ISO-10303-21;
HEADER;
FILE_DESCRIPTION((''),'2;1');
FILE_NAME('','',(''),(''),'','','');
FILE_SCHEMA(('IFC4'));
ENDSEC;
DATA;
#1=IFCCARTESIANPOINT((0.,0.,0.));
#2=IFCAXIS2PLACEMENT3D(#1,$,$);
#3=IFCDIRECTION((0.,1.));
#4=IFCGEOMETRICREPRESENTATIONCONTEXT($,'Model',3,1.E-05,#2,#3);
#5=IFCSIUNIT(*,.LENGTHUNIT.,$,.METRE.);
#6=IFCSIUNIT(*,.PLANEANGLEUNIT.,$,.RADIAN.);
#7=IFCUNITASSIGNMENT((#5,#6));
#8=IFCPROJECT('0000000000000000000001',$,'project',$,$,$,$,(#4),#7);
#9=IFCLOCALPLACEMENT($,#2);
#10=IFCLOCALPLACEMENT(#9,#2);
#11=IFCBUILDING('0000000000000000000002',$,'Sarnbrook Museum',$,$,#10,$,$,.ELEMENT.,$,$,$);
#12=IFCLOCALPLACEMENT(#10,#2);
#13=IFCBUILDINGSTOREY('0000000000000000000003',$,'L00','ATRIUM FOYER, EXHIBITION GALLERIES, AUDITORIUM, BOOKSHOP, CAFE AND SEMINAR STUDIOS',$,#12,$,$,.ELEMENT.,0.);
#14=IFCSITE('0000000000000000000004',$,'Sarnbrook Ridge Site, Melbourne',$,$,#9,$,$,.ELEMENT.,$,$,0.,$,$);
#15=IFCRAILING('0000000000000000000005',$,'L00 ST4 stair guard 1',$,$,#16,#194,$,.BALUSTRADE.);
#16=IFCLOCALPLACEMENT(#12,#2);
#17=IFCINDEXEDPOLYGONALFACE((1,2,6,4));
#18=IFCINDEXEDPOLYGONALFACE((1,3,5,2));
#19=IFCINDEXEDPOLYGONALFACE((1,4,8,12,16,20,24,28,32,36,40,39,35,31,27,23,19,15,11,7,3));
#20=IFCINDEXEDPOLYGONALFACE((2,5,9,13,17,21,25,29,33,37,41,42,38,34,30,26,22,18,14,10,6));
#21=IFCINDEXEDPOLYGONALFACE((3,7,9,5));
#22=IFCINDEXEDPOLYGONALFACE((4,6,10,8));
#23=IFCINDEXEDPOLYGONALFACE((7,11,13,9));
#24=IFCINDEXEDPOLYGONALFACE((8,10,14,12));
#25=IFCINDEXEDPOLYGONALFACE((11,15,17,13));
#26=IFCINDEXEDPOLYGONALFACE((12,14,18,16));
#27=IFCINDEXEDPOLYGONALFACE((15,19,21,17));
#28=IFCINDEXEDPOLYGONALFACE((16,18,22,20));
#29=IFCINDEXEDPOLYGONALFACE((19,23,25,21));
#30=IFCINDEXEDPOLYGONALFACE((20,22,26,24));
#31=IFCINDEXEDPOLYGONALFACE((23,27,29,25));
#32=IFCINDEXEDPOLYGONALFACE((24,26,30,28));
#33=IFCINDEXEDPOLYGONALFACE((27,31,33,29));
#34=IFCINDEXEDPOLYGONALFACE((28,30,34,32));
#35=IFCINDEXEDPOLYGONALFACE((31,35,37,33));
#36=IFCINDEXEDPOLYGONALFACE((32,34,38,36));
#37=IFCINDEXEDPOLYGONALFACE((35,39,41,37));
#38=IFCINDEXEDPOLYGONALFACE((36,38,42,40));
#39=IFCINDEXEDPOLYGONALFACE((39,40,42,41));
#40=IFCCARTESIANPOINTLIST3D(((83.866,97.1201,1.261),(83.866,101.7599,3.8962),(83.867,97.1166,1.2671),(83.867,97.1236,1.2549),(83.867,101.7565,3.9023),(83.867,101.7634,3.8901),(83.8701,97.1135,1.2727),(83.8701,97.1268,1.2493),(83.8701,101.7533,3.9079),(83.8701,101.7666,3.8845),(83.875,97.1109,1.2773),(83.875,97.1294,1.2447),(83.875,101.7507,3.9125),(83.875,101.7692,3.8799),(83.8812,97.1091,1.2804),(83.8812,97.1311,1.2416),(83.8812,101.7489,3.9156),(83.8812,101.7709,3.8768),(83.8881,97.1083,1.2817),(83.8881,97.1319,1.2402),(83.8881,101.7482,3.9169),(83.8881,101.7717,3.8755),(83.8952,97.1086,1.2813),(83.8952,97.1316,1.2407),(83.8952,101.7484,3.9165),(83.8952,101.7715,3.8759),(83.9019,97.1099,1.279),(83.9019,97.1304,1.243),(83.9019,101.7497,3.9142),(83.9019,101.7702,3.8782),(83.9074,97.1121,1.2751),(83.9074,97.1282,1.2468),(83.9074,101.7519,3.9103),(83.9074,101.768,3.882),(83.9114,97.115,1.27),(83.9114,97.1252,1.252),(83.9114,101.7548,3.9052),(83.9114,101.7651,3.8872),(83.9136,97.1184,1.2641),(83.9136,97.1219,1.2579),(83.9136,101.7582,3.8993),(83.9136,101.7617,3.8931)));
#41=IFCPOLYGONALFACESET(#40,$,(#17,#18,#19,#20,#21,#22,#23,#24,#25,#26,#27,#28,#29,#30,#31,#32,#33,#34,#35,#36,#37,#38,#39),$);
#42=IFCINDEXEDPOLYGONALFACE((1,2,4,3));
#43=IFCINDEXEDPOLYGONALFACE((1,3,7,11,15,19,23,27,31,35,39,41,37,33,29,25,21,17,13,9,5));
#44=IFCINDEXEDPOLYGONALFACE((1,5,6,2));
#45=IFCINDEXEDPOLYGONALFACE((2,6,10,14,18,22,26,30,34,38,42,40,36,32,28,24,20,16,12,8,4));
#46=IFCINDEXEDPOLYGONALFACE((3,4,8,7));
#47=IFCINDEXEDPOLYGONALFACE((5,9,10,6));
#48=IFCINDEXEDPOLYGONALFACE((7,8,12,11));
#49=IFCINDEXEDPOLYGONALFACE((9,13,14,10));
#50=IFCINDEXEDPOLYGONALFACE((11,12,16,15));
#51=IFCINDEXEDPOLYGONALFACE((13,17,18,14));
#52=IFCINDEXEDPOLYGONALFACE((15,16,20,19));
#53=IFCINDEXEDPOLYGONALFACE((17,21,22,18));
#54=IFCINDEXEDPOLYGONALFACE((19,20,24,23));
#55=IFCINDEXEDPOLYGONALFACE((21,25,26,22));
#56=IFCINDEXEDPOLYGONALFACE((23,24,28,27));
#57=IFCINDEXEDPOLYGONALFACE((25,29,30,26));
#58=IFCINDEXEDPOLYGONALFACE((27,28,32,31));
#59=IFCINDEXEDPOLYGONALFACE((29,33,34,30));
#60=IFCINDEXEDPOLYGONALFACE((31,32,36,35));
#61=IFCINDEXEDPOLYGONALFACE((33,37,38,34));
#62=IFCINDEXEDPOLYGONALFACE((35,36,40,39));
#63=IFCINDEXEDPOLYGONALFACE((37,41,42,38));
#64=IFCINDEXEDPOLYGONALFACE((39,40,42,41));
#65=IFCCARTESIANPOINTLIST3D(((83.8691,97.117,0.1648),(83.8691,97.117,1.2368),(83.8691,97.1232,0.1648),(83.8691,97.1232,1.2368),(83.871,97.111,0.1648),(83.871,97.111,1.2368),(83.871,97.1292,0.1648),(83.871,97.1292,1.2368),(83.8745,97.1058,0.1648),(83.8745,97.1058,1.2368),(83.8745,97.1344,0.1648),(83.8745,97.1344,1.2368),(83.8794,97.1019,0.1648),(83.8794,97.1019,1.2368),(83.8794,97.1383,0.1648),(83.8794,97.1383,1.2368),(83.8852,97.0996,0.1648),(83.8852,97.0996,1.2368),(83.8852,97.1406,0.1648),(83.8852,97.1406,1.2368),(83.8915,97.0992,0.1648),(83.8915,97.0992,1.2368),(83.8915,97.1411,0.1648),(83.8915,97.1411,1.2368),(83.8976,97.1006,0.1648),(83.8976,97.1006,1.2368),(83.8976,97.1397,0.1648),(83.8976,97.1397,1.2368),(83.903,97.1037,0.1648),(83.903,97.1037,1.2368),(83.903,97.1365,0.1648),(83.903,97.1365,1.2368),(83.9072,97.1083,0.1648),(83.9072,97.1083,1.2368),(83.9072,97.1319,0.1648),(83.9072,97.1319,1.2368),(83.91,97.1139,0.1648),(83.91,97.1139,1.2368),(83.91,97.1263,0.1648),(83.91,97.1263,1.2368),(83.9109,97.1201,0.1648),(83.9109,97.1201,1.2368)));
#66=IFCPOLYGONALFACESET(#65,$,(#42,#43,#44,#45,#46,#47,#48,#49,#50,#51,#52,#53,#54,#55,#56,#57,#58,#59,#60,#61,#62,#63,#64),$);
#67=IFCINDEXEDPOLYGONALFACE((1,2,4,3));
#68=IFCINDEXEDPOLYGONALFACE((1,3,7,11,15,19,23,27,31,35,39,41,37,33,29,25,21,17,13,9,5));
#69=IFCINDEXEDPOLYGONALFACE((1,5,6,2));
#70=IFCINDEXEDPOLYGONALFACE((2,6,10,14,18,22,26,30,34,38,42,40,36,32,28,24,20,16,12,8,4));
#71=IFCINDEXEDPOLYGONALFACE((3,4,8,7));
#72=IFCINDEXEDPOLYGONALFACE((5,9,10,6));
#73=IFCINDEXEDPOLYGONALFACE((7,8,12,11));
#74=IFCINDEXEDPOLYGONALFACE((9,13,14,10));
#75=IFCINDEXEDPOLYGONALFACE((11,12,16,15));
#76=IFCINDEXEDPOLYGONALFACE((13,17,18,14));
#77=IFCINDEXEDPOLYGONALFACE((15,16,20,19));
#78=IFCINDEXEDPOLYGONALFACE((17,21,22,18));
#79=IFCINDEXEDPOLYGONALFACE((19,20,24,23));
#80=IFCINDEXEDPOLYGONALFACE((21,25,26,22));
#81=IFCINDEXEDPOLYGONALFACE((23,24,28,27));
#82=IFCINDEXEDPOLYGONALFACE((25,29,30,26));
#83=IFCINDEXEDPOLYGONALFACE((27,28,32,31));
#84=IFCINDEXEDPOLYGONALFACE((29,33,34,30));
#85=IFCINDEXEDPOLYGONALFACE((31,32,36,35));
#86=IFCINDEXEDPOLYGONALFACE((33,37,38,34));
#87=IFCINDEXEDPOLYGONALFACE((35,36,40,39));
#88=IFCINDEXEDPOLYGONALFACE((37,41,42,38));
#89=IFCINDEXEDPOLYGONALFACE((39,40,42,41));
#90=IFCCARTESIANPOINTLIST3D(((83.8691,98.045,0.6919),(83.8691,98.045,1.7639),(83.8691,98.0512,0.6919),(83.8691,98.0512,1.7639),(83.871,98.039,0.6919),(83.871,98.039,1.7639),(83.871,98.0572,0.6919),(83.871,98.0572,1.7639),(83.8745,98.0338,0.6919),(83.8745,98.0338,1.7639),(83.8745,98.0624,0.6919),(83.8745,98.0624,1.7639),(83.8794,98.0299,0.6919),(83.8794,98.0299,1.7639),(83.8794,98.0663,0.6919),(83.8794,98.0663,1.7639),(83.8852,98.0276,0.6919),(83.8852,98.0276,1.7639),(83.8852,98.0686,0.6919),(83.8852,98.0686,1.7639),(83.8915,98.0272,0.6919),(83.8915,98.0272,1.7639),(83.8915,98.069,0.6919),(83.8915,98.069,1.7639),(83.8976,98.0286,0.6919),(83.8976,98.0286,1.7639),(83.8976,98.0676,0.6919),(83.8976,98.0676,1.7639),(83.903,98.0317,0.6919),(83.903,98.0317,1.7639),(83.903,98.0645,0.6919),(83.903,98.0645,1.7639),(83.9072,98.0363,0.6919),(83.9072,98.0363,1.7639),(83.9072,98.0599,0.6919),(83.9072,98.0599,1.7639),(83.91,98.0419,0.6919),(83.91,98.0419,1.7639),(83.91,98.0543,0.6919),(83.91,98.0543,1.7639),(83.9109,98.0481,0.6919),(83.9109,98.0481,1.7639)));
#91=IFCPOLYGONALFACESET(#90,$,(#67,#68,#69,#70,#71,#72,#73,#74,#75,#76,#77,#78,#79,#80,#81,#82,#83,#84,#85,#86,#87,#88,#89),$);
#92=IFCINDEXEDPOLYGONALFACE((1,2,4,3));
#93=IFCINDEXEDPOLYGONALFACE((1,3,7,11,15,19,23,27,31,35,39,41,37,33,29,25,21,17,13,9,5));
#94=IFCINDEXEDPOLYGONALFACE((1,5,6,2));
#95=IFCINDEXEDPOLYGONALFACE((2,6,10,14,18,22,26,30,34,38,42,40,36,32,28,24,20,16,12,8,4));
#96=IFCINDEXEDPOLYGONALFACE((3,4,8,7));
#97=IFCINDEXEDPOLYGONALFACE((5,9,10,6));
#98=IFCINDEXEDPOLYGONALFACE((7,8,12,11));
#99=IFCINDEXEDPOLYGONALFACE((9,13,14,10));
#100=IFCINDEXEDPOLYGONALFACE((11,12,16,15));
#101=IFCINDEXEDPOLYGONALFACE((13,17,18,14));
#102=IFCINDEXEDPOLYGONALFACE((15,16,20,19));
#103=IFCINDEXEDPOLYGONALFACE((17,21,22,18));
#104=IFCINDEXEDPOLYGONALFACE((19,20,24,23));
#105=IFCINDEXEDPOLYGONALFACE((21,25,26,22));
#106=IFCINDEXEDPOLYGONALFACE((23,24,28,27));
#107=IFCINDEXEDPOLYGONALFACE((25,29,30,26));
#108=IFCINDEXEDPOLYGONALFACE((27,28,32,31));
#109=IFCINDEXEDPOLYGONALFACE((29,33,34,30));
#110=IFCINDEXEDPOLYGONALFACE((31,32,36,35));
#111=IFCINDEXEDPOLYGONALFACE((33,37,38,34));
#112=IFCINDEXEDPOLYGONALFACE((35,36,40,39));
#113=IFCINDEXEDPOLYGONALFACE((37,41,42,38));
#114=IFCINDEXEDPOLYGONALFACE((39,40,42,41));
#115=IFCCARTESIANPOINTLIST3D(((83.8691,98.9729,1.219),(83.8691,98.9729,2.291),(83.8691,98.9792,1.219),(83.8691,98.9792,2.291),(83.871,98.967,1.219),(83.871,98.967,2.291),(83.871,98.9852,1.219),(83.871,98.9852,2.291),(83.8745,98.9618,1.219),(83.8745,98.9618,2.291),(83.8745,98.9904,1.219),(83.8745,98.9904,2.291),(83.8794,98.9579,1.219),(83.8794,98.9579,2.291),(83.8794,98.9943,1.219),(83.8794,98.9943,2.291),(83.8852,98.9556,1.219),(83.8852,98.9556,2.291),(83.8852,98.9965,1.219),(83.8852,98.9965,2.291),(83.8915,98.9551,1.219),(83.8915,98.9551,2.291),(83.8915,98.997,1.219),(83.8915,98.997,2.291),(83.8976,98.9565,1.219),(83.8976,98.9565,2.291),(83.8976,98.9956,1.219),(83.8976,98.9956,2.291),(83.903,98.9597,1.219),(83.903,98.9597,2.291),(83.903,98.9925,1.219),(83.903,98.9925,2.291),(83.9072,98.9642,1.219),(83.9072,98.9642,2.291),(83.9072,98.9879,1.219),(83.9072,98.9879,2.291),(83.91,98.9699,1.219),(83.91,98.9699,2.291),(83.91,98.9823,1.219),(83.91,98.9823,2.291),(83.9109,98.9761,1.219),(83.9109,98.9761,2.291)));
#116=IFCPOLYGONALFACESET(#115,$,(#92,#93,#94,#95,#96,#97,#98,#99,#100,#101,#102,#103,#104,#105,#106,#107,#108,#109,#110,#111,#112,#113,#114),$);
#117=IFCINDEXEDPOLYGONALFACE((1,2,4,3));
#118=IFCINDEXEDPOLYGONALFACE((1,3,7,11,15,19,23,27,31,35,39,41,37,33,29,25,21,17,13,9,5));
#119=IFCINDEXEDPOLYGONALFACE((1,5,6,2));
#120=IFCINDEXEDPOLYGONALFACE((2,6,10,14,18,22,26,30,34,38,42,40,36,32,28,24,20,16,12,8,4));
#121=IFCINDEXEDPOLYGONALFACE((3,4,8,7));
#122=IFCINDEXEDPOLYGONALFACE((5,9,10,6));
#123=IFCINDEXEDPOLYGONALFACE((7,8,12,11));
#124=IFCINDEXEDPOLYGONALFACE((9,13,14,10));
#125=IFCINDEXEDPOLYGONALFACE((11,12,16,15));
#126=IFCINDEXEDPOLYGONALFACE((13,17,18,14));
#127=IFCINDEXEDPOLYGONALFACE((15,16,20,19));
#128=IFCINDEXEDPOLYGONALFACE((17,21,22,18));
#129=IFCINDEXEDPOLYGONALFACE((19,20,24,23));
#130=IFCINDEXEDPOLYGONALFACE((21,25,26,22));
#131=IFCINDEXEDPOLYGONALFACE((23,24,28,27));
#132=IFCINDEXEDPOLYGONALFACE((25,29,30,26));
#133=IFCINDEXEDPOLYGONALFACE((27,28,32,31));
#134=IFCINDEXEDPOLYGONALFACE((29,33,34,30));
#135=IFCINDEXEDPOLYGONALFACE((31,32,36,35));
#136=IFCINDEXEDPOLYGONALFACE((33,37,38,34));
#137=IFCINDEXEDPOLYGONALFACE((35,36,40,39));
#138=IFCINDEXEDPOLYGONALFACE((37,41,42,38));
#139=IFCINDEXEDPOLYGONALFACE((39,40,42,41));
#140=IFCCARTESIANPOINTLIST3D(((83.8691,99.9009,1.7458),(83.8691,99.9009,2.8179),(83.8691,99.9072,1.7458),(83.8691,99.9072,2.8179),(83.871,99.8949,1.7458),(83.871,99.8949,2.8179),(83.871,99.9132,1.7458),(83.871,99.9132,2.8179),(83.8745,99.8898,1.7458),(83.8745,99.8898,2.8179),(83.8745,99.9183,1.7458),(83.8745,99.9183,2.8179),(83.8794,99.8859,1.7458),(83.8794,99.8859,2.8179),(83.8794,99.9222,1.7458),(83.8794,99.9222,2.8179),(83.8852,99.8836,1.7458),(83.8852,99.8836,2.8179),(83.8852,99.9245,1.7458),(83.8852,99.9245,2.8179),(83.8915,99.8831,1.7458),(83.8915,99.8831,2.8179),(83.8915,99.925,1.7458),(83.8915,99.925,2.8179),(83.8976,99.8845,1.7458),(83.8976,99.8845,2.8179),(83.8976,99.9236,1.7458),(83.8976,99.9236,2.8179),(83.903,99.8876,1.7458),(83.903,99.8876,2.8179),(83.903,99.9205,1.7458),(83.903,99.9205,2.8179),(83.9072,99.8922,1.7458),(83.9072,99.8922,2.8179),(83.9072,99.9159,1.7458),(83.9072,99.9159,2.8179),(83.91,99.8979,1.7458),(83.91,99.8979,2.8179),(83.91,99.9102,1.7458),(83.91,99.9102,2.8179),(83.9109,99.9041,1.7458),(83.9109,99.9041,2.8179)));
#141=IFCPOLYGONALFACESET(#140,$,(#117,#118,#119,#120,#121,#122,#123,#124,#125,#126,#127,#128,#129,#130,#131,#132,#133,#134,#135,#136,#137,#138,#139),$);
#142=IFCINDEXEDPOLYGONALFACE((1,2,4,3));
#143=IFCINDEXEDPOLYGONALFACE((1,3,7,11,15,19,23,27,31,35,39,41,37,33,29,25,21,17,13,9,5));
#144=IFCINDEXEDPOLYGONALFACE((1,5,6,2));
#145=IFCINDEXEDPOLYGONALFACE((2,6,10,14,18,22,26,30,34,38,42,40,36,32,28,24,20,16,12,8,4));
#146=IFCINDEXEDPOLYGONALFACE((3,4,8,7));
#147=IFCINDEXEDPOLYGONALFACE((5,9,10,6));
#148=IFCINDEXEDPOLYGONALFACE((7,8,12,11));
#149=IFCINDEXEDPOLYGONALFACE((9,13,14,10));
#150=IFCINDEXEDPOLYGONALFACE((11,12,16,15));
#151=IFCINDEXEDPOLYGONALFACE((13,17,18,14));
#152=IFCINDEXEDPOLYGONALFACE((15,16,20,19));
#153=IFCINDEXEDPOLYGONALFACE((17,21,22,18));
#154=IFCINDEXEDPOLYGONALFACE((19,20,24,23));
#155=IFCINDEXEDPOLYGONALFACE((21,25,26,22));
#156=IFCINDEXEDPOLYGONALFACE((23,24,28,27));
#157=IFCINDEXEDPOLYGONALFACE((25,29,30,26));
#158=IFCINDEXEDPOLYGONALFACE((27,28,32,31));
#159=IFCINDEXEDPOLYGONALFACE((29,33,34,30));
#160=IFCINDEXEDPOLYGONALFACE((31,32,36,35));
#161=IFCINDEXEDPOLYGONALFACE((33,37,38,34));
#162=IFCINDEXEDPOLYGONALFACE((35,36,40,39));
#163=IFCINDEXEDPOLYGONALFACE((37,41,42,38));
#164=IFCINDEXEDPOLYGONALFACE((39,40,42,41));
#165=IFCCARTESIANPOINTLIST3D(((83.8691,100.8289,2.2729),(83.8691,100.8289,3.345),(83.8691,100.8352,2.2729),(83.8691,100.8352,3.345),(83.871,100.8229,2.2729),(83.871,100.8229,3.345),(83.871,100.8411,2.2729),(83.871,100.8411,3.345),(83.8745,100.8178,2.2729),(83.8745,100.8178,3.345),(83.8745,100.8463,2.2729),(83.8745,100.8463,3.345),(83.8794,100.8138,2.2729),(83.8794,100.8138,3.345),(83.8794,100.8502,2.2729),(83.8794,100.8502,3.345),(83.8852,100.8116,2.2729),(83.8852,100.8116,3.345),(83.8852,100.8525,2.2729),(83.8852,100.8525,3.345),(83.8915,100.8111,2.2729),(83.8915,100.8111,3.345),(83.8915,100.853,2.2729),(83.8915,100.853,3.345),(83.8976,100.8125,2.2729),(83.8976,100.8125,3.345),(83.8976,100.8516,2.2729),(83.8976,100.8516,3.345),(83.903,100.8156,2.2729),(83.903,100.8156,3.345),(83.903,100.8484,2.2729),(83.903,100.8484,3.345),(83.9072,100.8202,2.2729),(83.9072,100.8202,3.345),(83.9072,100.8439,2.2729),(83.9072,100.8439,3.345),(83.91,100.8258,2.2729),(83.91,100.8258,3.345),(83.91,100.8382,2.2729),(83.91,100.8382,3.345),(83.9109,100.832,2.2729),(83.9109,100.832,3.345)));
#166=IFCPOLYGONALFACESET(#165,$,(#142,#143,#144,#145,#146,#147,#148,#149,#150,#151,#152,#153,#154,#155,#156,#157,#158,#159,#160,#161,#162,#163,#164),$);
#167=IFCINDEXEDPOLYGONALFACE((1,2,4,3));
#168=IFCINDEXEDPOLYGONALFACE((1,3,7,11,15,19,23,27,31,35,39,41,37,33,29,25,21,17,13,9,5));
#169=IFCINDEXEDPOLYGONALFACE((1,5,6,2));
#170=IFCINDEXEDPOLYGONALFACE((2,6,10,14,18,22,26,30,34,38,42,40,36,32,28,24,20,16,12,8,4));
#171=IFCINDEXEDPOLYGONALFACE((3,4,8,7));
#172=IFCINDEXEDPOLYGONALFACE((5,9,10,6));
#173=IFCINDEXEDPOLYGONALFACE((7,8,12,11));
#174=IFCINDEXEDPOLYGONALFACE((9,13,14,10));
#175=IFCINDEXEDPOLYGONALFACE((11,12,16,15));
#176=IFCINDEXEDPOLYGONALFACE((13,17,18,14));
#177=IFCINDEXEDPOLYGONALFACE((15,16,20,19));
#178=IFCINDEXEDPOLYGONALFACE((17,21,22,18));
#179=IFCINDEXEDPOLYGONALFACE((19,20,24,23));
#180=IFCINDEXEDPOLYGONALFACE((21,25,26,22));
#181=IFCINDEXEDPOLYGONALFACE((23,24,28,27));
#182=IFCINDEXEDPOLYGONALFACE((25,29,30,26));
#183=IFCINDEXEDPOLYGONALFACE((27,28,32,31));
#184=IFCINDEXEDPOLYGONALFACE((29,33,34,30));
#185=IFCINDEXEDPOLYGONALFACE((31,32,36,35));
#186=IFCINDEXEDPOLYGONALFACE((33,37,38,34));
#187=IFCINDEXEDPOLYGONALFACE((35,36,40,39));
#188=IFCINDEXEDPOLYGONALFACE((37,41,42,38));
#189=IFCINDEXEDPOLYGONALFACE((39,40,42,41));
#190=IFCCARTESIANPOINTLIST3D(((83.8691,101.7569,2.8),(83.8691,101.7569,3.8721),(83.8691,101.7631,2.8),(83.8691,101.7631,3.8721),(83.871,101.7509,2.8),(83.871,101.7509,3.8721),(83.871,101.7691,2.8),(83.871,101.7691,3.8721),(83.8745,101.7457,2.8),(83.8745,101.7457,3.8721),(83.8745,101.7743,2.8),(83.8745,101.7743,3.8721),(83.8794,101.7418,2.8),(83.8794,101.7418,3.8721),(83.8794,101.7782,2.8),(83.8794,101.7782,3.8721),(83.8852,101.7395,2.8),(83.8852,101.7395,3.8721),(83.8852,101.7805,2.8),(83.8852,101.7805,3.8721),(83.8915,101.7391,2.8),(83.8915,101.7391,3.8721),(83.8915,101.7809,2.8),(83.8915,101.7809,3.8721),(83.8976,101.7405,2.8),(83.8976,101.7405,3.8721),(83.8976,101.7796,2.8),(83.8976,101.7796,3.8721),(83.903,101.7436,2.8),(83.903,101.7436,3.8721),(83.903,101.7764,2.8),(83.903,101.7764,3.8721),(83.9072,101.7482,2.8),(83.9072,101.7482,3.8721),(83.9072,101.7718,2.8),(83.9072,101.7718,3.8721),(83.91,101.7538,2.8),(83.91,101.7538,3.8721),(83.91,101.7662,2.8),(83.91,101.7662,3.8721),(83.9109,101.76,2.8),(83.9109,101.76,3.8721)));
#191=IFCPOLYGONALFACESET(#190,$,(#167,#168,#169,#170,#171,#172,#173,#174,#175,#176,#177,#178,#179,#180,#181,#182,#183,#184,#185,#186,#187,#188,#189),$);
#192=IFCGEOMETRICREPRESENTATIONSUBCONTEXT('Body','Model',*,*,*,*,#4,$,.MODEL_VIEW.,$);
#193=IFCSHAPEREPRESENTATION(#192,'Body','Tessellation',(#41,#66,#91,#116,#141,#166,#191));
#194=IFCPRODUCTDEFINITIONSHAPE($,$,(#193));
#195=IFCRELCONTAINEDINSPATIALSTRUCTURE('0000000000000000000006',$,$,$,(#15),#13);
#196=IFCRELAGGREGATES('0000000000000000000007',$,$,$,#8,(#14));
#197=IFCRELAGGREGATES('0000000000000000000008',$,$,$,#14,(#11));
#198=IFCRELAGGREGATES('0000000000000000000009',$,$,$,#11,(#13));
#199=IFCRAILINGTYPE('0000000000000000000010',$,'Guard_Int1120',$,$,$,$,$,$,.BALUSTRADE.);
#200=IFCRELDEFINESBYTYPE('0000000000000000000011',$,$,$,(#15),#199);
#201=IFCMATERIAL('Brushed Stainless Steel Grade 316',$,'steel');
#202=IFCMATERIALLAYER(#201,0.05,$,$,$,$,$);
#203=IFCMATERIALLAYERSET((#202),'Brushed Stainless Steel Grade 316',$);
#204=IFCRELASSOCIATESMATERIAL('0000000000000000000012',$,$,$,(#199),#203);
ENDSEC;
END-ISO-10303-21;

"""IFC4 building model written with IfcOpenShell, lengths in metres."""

from ifc_helpers import new_model, si_unit, direction, frame, origin, origin_2d, place, context, subcontext, project, spatial, circle, extrude, material, layer, layer_set, type_object, element, save


model = new_model("IFC4")

# Units and contexts
model_context = context("Model", 3, precision=1e-05, world=origin(), true_north=direction((0.0, 1.0)))
body_context = subcontext(model_context, "Body", "Model", "MODEL_VIEW")
ifc_project = project(units=[si_unit("LENGTHUNIT", "METRE"), si_unit("PLANEANGLEUNIT", "RADIAN")], contexts=[model_context])

# Site, building, storey
site_placement = place(None, origin())
site = spatial("IfcSite", under=ifc_project, at=site_placement, Name="Sarnbrook Ridge Site, Melbourne", CompositionType="ELEMENT", RefElevation=0.0)
building_placement = place(site_placement, origin())
building = spatial("IfcBuilding", under=site, at=building_placement, Name="Sarnbrook Museum", CompositionType="ELEMENT")
storey_placement = place(building_placement, origin())
storey = spatial("IfcBuildingStorey", under=building, at=storey_placement, Name="L00", Description="ATRIUM FOYER, EXHIBITION GALLERIES, AUDITORIUM, BOOKSHOP, CAFE AND SEMINAR STUDIOS", CompositionType="ELEMENT", Elevation=0.0)

# Shared definitions
ifc_material_1 = material(Name="Brushed Stainless Steel Grade 316", Category="steel")

# Railing
ifc_layer_1 = layer(ifc_material_1, 0.05)
ifc_layer_set_1 = layer_set([ifc_layer_1], Name="Brushed Stainless Steel Grade 316")
railing_type_1 = type_object("IfcRailingType", Name="Guard_Int1120", PredefinedType="BALUSTRADE", material=ifc_layer_set_1)
railing_1_placement = place(storey_placement, frame((83.8899, 97.1201, 0.1648)))
element("IfcRailing", 1, at=railing_1_placement, inside=storey, type_object=railing_type_1, Name="L00 ST4 stair guard 1", PredefinedType="BALUSTRADE", context=body_context, shape_type="SweptSolid", body=[
    extrude(circle(Radius=0.0239, at=origin_2d()), frame((0.0, 0.0, 1.0962), z_axis=(0.0, 0.869541, 0.493861), x_axis=(-1.0, 0.0, 0.0)), (0.0, 0.0, 1.0), 5.3359),
    extrude(circle(Radius=0.021, at=origin_2d()), origin(), (0.0, 0.0, 1.0), 1.072),
    extrude(circle(Radius=0.021, at=origin_2d()), frame((0.0, 0.928, 0.5271)), (0.0, 0.0, 1.0), 1.072),
    extrude(circle(Radius=0.021, at=origin_2d()), frame((0.0, 1.856, 1.0542)), (0.0, 0.0, 1.0), 1.072),
    extrude(circle(Radius=0.021, at=origin_2d()), frame((0.0, 2.7839, 1.5811)), (0.0, 0.0, 1.0), 1.072),
    extrude(circle(Radius=0.021, at=origin_2d()), frame((0.0, 3.7119, 2.1082)), (0.0, 0.0, 1.0), 1.072),
    extrude(circle(Radius=0.021, at=origin_2d()), frame((0.0, 4.6399, 2.6353)), (0.0, 0.0, 1.0), 1.072),
])

save(model, "model.ifc")
